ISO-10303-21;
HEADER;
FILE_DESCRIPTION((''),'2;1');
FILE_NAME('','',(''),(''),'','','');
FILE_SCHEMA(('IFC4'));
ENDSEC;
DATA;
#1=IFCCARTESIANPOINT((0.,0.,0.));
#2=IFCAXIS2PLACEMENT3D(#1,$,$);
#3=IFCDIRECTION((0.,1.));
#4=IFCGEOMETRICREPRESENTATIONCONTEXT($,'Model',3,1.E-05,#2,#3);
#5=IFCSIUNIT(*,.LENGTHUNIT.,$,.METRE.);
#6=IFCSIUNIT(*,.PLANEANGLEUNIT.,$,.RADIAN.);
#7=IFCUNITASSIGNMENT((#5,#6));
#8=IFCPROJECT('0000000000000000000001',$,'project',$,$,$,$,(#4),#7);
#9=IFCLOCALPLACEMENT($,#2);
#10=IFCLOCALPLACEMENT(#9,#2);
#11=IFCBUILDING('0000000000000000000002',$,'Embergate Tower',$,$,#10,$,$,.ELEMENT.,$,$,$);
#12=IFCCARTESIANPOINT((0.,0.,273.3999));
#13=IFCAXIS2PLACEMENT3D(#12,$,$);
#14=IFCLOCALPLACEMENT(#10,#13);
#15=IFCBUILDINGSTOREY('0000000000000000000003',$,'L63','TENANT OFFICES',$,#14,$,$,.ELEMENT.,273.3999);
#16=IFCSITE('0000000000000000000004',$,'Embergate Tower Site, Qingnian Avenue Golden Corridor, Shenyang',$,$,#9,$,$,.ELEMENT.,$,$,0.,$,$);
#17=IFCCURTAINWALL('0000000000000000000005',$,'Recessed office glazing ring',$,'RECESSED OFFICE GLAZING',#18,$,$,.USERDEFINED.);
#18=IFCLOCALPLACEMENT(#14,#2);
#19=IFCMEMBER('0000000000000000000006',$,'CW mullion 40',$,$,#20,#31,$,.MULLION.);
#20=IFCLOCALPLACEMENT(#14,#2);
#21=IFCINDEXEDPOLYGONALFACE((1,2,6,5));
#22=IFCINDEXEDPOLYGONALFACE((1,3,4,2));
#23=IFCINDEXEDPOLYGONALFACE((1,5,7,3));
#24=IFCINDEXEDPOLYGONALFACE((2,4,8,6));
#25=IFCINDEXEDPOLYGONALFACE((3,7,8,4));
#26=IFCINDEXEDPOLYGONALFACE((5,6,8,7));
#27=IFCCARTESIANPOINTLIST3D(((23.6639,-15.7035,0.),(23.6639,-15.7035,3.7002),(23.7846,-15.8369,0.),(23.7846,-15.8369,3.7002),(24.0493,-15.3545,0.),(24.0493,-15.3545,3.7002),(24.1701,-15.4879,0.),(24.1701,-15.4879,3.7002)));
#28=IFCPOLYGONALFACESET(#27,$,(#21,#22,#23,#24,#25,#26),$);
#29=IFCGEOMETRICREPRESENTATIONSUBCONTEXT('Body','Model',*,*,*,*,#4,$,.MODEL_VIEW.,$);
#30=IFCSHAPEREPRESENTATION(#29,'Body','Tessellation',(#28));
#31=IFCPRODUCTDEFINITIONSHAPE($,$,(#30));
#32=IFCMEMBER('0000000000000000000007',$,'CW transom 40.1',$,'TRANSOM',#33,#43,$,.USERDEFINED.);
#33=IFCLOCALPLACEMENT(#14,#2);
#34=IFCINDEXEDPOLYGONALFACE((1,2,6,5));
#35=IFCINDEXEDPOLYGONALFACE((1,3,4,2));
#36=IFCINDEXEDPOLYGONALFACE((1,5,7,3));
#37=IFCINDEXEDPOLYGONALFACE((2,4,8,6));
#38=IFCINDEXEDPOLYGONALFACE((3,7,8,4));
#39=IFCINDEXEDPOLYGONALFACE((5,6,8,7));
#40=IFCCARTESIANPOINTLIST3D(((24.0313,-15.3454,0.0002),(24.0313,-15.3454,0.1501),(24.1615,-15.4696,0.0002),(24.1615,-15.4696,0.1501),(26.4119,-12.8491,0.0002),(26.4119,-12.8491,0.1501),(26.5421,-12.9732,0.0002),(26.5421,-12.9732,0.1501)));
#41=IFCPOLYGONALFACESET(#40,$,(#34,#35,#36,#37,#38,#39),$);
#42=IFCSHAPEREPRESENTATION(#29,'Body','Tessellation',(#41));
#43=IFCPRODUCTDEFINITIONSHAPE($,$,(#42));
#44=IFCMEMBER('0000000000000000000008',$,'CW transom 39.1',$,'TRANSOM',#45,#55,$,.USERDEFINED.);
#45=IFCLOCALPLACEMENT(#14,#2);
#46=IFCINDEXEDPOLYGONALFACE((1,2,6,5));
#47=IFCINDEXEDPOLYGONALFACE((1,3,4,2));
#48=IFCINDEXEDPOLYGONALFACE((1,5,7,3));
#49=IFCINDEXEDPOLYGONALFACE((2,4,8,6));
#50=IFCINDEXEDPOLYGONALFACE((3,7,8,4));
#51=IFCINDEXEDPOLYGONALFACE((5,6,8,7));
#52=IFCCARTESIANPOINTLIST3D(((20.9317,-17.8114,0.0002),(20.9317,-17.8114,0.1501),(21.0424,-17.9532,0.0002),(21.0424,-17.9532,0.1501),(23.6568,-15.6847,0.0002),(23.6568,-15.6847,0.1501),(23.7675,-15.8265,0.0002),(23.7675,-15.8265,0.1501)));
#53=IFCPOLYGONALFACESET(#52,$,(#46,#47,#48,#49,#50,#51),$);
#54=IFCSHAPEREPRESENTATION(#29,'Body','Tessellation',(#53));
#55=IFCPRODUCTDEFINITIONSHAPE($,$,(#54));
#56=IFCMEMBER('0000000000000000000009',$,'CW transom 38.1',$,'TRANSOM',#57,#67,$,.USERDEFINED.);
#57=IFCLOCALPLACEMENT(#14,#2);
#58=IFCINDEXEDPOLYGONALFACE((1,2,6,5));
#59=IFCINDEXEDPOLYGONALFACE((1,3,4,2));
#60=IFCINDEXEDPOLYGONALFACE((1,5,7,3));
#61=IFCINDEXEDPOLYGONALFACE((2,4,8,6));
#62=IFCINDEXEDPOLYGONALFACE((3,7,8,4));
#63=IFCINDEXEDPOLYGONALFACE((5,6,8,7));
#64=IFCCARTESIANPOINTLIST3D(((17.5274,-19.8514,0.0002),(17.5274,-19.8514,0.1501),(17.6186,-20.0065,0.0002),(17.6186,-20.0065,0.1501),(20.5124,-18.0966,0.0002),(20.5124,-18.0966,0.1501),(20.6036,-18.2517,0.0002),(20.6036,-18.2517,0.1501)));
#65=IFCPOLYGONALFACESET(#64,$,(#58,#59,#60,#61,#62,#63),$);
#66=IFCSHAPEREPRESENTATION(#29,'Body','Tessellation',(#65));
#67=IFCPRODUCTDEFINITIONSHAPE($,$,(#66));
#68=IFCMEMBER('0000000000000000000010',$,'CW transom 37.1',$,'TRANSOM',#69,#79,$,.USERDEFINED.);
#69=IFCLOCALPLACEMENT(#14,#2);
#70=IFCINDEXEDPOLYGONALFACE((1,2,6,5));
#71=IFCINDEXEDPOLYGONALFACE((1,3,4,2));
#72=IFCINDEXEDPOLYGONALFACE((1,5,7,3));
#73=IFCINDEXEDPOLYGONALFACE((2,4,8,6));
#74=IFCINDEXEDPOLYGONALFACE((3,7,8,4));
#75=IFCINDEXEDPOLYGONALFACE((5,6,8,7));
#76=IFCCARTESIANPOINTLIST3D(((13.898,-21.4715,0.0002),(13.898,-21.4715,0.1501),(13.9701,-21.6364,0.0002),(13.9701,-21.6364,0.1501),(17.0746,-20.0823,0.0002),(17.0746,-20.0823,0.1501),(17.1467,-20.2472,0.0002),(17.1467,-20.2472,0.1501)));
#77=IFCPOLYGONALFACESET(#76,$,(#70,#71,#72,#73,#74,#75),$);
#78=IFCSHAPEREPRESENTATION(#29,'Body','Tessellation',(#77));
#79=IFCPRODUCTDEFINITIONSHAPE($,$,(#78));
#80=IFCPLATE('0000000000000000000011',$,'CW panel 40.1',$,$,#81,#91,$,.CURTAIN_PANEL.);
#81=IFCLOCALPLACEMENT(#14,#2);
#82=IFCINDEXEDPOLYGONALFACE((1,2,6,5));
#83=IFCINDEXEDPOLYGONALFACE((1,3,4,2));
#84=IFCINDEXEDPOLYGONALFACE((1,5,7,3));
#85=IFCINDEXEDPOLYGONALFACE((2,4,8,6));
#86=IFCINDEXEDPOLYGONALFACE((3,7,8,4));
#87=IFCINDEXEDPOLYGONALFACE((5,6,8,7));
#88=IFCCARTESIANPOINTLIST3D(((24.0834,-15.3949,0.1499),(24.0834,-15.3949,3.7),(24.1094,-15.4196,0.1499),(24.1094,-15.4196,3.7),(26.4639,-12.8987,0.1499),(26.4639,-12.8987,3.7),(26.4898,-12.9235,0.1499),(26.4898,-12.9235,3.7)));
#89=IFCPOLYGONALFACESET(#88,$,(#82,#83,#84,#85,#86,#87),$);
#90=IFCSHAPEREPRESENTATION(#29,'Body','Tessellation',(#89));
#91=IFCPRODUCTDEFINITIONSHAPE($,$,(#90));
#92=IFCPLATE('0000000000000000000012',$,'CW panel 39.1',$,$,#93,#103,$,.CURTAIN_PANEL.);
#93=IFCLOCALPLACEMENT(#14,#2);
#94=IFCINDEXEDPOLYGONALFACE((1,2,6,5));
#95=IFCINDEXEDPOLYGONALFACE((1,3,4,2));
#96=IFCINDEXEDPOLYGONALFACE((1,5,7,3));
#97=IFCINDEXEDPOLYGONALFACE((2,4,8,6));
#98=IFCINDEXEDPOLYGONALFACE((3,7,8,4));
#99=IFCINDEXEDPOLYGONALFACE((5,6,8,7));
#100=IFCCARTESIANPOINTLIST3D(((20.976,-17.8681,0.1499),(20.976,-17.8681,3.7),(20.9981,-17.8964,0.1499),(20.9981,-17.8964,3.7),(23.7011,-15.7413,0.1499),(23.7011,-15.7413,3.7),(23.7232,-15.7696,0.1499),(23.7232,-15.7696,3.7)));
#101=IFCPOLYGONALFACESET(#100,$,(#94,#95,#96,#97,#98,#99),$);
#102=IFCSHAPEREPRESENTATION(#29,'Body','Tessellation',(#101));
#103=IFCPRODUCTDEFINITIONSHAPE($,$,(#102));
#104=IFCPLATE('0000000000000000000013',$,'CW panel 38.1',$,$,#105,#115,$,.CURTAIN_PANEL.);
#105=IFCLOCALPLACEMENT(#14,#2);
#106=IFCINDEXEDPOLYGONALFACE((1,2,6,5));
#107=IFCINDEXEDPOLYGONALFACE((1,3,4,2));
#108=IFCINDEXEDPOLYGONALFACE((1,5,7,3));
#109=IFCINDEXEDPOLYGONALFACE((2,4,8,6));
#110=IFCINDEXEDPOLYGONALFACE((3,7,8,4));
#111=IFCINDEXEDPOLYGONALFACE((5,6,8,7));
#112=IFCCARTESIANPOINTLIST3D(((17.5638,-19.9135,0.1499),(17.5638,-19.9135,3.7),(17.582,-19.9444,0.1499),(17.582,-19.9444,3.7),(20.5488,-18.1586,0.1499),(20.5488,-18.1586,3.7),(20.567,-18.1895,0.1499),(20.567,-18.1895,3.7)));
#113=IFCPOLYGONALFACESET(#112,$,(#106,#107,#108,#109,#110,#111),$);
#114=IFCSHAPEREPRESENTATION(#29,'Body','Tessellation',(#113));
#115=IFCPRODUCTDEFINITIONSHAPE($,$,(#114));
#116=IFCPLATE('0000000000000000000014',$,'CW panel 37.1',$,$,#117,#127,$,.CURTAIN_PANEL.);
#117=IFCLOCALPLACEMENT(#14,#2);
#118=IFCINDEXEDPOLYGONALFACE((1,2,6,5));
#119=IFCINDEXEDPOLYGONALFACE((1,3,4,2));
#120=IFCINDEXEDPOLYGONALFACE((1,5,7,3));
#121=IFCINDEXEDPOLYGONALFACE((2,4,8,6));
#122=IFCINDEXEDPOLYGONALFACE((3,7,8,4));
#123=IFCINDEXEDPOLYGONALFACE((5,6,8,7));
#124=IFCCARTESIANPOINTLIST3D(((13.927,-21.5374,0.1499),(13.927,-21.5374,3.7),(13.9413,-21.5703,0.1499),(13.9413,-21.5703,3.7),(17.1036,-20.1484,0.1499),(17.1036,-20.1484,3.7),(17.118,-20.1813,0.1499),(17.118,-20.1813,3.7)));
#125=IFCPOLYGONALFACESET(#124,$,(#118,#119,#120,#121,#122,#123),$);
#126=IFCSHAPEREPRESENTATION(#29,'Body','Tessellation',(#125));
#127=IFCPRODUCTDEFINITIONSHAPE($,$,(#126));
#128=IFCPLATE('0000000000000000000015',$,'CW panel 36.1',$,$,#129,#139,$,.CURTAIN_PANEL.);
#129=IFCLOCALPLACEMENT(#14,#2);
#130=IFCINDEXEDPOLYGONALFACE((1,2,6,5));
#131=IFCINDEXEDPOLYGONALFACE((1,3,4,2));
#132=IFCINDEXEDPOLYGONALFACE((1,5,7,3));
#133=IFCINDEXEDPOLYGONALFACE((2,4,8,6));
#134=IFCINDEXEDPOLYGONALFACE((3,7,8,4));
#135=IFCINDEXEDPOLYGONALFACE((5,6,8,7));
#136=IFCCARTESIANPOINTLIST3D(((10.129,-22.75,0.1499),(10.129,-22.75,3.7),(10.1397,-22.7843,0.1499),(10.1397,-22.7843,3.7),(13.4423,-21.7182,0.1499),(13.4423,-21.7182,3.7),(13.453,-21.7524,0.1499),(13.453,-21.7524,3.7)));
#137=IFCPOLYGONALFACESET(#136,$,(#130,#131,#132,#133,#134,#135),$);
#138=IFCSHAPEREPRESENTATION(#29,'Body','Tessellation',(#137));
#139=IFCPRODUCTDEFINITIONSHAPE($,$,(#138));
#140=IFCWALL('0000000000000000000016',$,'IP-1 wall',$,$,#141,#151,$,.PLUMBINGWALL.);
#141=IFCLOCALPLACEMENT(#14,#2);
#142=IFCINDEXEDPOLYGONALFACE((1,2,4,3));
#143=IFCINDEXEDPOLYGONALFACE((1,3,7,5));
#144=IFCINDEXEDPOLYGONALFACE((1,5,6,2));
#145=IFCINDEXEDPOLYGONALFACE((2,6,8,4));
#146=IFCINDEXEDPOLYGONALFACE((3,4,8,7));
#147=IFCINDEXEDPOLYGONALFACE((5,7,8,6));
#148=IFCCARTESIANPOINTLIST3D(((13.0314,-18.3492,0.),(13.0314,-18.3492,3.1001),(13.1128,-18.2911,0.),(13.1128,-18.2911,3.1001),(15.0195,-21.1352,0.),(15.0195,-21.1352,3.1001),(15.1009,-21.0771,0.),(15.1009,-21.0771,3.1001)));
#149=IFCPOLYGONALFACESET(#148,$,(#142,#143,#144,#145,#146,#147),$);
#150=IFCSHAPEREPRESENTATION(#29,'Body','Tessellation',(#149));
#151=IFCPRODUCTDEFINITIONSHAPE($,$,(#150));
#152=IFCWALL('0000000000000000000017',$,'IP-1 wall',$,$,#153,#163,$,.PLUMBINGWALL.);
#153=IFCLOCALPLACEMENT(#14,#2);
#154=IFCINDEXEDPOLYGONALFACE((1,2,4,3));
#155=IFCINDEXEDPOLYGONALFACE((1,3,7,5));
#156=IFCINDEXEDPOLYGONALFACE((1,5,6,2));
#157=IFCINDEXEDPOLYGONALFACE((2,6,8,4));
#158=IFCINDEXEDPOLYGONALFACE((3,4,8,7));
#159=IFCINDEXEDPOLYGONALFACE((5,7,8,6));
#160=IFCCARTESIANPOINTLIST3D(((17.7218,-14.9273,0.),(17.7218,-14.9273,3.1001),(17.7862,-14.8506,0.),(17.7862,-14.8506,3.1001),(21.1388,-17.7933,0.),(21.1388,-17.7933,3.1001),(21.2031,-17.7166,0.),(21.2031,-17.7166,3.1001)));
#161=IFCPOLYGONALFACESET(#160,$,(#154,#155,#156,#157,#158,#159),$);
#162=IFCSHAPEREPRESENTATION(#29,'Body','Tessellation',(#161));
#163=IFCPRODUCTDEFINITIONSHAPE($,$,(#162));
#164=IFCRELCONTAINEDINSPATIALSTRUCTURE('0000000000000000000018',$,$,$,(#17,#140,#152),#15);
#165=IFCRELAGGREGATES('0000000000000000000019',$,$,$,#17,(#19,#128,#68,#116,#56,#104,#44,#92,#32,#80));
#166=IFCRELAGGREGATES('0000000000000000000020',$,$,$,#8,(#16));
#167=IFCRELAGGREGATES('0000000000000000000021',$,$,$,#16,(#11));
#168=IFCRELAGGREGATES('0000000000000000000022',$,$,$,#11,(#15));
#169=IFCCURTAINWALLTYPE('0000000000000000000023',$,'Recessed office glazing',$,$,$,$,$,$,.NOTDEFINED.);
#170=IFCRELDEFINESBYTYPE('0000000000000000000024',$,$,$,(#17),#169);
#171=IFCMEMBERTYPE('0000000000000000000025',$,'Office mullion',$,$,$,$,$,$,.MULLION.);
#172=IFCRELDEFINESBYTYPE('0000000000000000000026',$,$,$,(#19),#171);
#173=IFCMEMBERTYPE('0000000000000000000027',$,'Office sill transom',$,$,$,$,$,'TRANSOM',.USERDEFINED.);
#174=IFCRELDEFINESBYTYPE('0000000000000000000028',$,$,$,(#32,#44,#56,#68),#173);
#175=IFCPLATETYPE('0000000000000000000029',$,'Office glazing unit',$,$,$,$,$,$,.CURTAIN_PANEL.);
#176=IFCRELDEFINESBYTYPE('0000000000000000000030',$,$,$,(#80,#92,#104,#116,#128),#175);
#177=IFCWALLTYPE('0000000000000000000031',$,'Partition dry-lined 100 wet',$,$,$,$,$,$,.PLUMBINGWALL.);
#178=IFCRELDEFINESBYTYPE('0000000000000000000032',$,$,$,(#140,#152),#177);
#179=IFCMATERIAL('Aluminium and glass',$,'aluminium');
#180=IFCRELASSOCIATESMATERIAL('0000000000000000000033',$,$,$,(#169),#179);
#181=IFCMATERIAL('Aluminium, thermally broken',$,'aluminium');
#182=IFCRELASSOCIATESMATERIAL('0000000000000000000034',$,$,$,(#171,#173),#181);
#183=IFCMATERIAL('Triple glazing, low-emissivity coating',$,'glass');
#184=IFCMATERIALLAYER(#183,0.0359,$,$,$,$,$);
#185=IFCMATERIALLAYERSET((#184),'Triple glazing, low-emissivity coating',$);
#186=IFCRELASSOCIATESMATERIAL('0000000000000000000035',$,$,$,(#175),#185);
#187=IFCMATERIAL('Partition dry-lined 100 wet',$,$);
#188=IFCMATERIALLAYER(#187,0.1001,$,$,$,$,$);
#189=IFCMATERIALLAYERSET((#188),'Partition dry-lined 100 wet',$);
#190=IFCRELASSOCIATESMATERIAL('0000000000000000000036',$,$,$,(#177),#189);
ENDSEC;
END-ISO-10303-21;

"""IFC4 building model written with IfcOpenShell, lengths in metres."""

from ifc_helpers import new_model, si_unit, direction, frame, frame_2d, origin, origin_2d, place, context, subcontext, project, spatial, rectangle, extrude, source, transform, mapped, material, layer, layer_set, material_profile, profile_set, type_object, element, aggregate, save


model = new_model("IFC4")

# Units and contexts
model_context = context("Model", 3, precision=1e-05, world=origin(), true_north=direction((0.0, 1.0)))
body_context = subcontext(model_context, "Body", "Model", "MODEL_VIEW")
ifc_project = project(units=[si_unit("LENGTHUNIT", "METRE"), si_unit("PLANEANGLEUNIT", "RADIAN")], contexts=[model_context])

# Site, building, storey
site_placement = place(None, origin())
site = spatial("IfcSite", under=ifc_project, at=site_placement, Name="Embergate Tower Site, Qingnian Avenue Golden Corridor, Shenyang", CompositionType="ELEMENT", RefElevation=0.0)
building_placement = place(site_placement, origin())
building = spatial("IfcBuilding", under=site, at=building_placement, Name="Embergate Tower", CompositionType="ELEMENT")
storey_placement = place(building_placement, frame((0.0, 0.0, 273.3999)))
storey = spatial("IfcBuildingStorey", under=building, at=storey_placement, Name="L63", Description="TENANT OFFICES", CompositionType="ELEMENT", Elevation=273.3999)

# Curtain wall, members, plates
ifc_material_1 = material(Name="Aluminium and glass", Category="aluminium")
curtain_wall_type = type_object("IfcCurtainWallType", Name="Recessed office glazing", PredefinedType="NOTDEFINED", material=ifc_material_1)
curtain_wall_placement = place(storey_placement, origin())
curtain_wall = element("IfcCurtainWall", 1, at=curtain_wall_placement, inside=storey, type_object=curtain_wall_type, Name="Recessed office glazing ring", ObjectType="RECESSED OFFICE GLAZING", PredefinedType="USERDEFINED")
ifc_material_2 = material(Name="Aluminium, thermally broken", Category="aluminium")
ifc_material_profile_1 = material_profile(ifc_material_2, rectangle(XDim=0.1799, YDim=0.52, at=origin_2d()), Name="AL 520x180")
ifc_profile_set_1 = profile_set([ifc_material_profile_1], Name="Aluminium, thermally broken")
member_type_1 = type_object("IfcMemberType", Name="Office mullion", PredefinedType="MULLION", material=ifc_profile_set_1)
shared_shape_1 = source(origin(), body_context, "Body", "SweptSolid", [
    extrude(rectangle(XDim=0.1799, YDim=0.52, at=origin_2d()), origin(), (0.0, 0.0, 1.0), 3.7002),
])
member_1_placement = place(storey_placement, frame((23.917, -15.5957, 0.0), z_axis=(0.0, 0.0, 1.0), x_axis=(-0.671216, 0.741262, 0.0)))
member_1 = element("IfcMember", 2, at=member_1_placement, type_object=member_type_1, Name="CW mullion 40", PredefinedType="MULLION", context=body_context, shape_type="MappedRepresentation", body=[
    mapped(shared_shape_1, transform((0.0, 0.0, 0.0))),
])
ifc_material_profile_2 = material_profile(ifc_material_2, rectangle(XDim=0.1799, YDim=0.1499, at=origin_2d()), Name="AL 150x180")
ifc_profile_set_2 = profile_set([ifc_material_profile_2], Name="Aluminium, thermally broken")
member_type_2 = type_object("IfcMemberType", Name="Office sill transom", ElementType="TRANSOM", PredefinedType="USERDEFINED", material=ifc_profile_set_2)
shared_shape_2 = source(origin(), body_context, "Body", "SweptSolid", [
    extrude(rectangle(XDim=0.1799, YDim=0.1499, at=origin_2d()), origin(), (0.0, 0.0, 1.0), 3.4495),
])
member_2_placement = place(storey_placement, frame((24.0964, -15.4075, 0.0752), z_axis=(0.690134, 0.723682, 0.0), x_axis=(-0.723682, 0.690134, 0.0)))
member_2 = element("IfcMember", 3, at=member_2_placement, type_object=member_type_2, Name="CW transom 40.1", ObjectType="TRANSOM", PredefinedType="USERDEFINED", context=body_context, shape_type="MappedRepresentation", body=[
    mapped(shared_shape_2, transform((0.0, 0.0, 0.0))),
])
shared_shape_3 = source(origin(), body_context, "Body", "SweptSolid", [
    extrude(rectangle(XDim=0.1799, YDim=0.1499, at=origin_2d()), origin(), (0.0, 0.0, 1.0), 3.4568),
])
member_3_placement = place(storey_placement, frame((20.9871, -17.8823, 0.0752), z_axis=(0.788343, 0.615236, 0.0), x_axis=(-0.615236, 0.788343, 0.0)))
member_3 = element("IfcMember", 4, at=member_3_placement, type_object=member_type_2, Name="CW transom 39.1", ObjectType="TRANSOM", PredefinedType="USERDEFINED", context=body_context, shape_type="MappedRepresentation", body=[
    mapped(shared_shape_3, transform((0.0, 0.0, 0.0))),
])
shared_shape_4 = source(origin(), body_context, "Body", "SweptSolid", [
    extrude(rectangle(XDim=0.1799, YDim=0.1499, at=origin_2d()), origin(), (0.0, 0.0, 1.0), 3.4626),
])
member_4_placement = place(storey_placement, frame((17.573, -19.929, 0.0752), z_axis=(0.862068, 0.506792, 0.0), x_axis=(-0.506792, 0.862068, 0.0)))
member_4 = element("IfcMember", 5, at=member_4_placement, type_object=member_type_2, Name="CW transom 38.1", ObjectType="TRANSOM", PredefinedType="USERDEFINED", context=body_context, shape_type="MappedRepresentation", body=[
    mapped(shared_shape_4, transform((0.0, 0.0, 0.0))),
])
shared_shape_5 = source(origin(), body_context, "Body", "SweptSolid", [
    extrude(rectangle(XDim=0.1799, YDim=0.1499, at=origin_2d()), origin(), (0.0, 0.0, 1.0), 3.467),
])
member_5_placement = place(storey_placement, frame((13.9341, -21.554, 0.0752), z_axis=(0.916217, 0.400682, 0.0), x_axis=(-0.400682, 0.916217, 0.0)))
member_5 = element("IfcMember", 6, at=member_5_placement, type_object=member_type_2, Name="CW transom 37.1", ObjectType="TRANSOM", PredefinedType="USERDEFINED", context=body_context, shape_type="MappedRepresentation", body=[
    mapped(shared_shape_5, transform((0.0, 0.0, 0.0))),
])
ifc_material_3 = material(Name="Triple glazing, low-emissivity coating", Category="glass")
ifc_layer_1 = layer(ifc_material_3, 0.0359)
ifc_layer_set_1 = layer_set([ifc_layer_1], Name="Triple glazing, low-emissivity coating")
plate_type = type_object("IfcPlateType", Name="Office glazing unit", PredefinedType="CURTAIN_PANEL", material=ifc_layer_set_1)
shared_shape_6 = source(origin(), body_context, "Body", "SweptSolid", [
    extrude(rectangle(XDim=3.4492, YDim=0.0359, at=origin_2d()), origin(), (0.0, 0.0, 1.0), 3.55),
])
plate_1_placement = place(storey_placement, frame((25.2866, -14.1592, 0.1499), z_axis=(0.0, 0.0, 1.0), x_axis=(0.690139, 0.723677, 0.0)))
plate_1 = element("IfcPlate", 7, at=plate_1_placement, type_object=plate_type, Name="CW panel 40.1", PredefinedType="CURTAIN_PANEL", context=body_context, shape_type="MappedRepresentation", body=[
    mapped(shared_shape_6, transform((0.0, 0.0, 0.0))),
])
shared_shape_7 = source(origin(), body_context, "Body", "SweptSolid", [
    extrude(rectangle(XDim=3.4568, YDim=0.0359, at=origin_2d()), origin(), (0.0, 0.0, 1.0), 3.55),
])
plate_2_placement = place(storey_placement, frame((22.3496, -16.8188, 0.1499), z_axis=(0.0, 0.0, 1.0), x_axis=(0.788323, 0.615261, 0.0)))
plate_2 = element("IfcPlate", 8, at=plate_2_placement, type_object=plate_type, Name="CW panel 39.1", PredefinedType="CURTAIN_PANEL", context=body_context, shape_type="MappedRepresentation", body=[
    mapped(shared_shape_7, transform((0.0, 0.0, 0.0))),
])
shared_shape_8 = source(origin(), body_context, "Body", "SweptSolid", [
    extrude(rectangle(XDim=3.4626, YDim=0.0359, at=origin_2d()), origin(), (0.0, 0.0, 1.0), 3.55),
])
plate_3_placement = place(storey_placement, frame((19.0654, -19.0515, 0.1499), z_axis=(0.0, 0.0, 1.0), x_axis=(0.862055, 0.506815, 0.0)))
plate_3 = element("IfcPlate", 9, at=plate_3_placement, type_object=plate_type, Name="CW panel 38.1", PredefinedType="CURTAIN_PANEL", context=body_context, shape_type="MappedRepresentation", body=[
    mapped(shared_shape_8, transform((0.0, 0.0, 0.0))),
])
shared_shape_9 = source(origin(), body_context, "Body", "SweptSolid", [
    extrude(rectangle(XDim=3.467, YDim=0.0359, at=origin_2d()), origin(), (0.0, 0.0, 1.0), 3.55),
])
plate_4_placement = place(storey_placement, frame((15.5225, -20.8594, 0.1499), z_axis=(0.0, 0.0, 1.0), x_axis=(0.916238, 0.400635, 0.0)))
plate_4 = element("IfcPlate", 10, at=plate_4_placement, type_object=plate_type, Name="CW panel 37.1", PredefinedType="CURTAIN_PANEL", context=body_context, shape_type="MappedRepresentation", body=[
    mapped(shared_shape_9, transform((0.0, 0.0, 0.0))),
])
shared_shape_10 = source(origin(), body_context, "Body", "SweptSolid", [
    extrude(rectangle(XDim=3.4702, YDim=0.0359, at=origin_2d()), origin(), (0.0, 0.0, 1.0), 3.55),
])
plate_5_placement = place(storey_placement, frame((11.791, -22.2512, 0.1499), z_axis=(0.0, 0.0, 1.0), x_axis=(0.954773, 0.297337, 0.0)))
plate_5 = element("IfcPlate", 11, at=plate_5_placement, type_object=plate_type, Name="CW panel 36.1", PredefinedType="CURTAIN_PANEL", context=body_context, shape_type="MappedRepresentation", body=[
    mapped(shared_shape_10, transform((0.0, 0.0, 0.0))),
])
aggregate(curtain_wall, [member_1, plate_5, member_5, plate_4, member_4, plate_3, member_3, plate_2, member_2, plate_1])

# Walls
ifc_material_4 = material(Name="Partition dry-lined 100 wet")
ifc_layer_2 = layer(ifc_material_4, 0.1001)
ifc_layer_set_2 = layer_set([ifc_layer_2], Name="Partition dry-lined 100 wet")
wall_type = type_object("IfcWallType", Name="Partition dry-lined 100 wet", PredefinedType="PLUMBINGWALL", material=ifc_layer_set_2)
shared_shape_11 = source(origin(), body_context, "Body", "SweptSolid", [
    extrude(rectangle(XDim=3.4226, YDim=0.1001, at=frame_2d((1.7114, 0.0))), origin(), (0.0, 0.0, 1.0), 3.1001),
])
wall_1_placement = place(storey_placement, frame((13.072, -18.3201, 0.0), z_axis=(0.0, 0.0, 1.0), x_axis=(0.580874, -0.813994, 0.0)))
element("IfcWall", 12, at=wall_1_placement, inside=storey, type_object=wall_type, Name="IP-1 wall", PredefinedType="PLUMBINGWALL", context=body_context, shape_type="MappedRepresentation", body=[
    mapped(shared_shape_11, transform((0.0, 0.0, 0.0))),
])
shared_shape_12 = source(origin(), body_context, "Body", "SweptSolid", [
    extrude(rectangle(XDim=4.4597, YDim=0.1001, at=frame_2d((2.23, 0.0))), origin(), (0.0, 0.0, 1.0), 3.1001),
])
wall_2_placement = place(storey_placement, frame((17.7539, -14.8889, 0.0), z_axis=(0.0, 0.0, 1.0), x_axis=(0.76618, -0.642626, 0.0)))
element("IfcWall", 13, at=wall_2_placement, inside=storey, type_object=wall_type, Name="IP-1 wall", PredefinedType="PLUMBINGWALL", context=body_context, shape_type="MappedRepresentation", body=[
    mapped(shared_shape_12, transform((0.0, 0.0, 0.0))),
])

save(model, "model.ifc")
